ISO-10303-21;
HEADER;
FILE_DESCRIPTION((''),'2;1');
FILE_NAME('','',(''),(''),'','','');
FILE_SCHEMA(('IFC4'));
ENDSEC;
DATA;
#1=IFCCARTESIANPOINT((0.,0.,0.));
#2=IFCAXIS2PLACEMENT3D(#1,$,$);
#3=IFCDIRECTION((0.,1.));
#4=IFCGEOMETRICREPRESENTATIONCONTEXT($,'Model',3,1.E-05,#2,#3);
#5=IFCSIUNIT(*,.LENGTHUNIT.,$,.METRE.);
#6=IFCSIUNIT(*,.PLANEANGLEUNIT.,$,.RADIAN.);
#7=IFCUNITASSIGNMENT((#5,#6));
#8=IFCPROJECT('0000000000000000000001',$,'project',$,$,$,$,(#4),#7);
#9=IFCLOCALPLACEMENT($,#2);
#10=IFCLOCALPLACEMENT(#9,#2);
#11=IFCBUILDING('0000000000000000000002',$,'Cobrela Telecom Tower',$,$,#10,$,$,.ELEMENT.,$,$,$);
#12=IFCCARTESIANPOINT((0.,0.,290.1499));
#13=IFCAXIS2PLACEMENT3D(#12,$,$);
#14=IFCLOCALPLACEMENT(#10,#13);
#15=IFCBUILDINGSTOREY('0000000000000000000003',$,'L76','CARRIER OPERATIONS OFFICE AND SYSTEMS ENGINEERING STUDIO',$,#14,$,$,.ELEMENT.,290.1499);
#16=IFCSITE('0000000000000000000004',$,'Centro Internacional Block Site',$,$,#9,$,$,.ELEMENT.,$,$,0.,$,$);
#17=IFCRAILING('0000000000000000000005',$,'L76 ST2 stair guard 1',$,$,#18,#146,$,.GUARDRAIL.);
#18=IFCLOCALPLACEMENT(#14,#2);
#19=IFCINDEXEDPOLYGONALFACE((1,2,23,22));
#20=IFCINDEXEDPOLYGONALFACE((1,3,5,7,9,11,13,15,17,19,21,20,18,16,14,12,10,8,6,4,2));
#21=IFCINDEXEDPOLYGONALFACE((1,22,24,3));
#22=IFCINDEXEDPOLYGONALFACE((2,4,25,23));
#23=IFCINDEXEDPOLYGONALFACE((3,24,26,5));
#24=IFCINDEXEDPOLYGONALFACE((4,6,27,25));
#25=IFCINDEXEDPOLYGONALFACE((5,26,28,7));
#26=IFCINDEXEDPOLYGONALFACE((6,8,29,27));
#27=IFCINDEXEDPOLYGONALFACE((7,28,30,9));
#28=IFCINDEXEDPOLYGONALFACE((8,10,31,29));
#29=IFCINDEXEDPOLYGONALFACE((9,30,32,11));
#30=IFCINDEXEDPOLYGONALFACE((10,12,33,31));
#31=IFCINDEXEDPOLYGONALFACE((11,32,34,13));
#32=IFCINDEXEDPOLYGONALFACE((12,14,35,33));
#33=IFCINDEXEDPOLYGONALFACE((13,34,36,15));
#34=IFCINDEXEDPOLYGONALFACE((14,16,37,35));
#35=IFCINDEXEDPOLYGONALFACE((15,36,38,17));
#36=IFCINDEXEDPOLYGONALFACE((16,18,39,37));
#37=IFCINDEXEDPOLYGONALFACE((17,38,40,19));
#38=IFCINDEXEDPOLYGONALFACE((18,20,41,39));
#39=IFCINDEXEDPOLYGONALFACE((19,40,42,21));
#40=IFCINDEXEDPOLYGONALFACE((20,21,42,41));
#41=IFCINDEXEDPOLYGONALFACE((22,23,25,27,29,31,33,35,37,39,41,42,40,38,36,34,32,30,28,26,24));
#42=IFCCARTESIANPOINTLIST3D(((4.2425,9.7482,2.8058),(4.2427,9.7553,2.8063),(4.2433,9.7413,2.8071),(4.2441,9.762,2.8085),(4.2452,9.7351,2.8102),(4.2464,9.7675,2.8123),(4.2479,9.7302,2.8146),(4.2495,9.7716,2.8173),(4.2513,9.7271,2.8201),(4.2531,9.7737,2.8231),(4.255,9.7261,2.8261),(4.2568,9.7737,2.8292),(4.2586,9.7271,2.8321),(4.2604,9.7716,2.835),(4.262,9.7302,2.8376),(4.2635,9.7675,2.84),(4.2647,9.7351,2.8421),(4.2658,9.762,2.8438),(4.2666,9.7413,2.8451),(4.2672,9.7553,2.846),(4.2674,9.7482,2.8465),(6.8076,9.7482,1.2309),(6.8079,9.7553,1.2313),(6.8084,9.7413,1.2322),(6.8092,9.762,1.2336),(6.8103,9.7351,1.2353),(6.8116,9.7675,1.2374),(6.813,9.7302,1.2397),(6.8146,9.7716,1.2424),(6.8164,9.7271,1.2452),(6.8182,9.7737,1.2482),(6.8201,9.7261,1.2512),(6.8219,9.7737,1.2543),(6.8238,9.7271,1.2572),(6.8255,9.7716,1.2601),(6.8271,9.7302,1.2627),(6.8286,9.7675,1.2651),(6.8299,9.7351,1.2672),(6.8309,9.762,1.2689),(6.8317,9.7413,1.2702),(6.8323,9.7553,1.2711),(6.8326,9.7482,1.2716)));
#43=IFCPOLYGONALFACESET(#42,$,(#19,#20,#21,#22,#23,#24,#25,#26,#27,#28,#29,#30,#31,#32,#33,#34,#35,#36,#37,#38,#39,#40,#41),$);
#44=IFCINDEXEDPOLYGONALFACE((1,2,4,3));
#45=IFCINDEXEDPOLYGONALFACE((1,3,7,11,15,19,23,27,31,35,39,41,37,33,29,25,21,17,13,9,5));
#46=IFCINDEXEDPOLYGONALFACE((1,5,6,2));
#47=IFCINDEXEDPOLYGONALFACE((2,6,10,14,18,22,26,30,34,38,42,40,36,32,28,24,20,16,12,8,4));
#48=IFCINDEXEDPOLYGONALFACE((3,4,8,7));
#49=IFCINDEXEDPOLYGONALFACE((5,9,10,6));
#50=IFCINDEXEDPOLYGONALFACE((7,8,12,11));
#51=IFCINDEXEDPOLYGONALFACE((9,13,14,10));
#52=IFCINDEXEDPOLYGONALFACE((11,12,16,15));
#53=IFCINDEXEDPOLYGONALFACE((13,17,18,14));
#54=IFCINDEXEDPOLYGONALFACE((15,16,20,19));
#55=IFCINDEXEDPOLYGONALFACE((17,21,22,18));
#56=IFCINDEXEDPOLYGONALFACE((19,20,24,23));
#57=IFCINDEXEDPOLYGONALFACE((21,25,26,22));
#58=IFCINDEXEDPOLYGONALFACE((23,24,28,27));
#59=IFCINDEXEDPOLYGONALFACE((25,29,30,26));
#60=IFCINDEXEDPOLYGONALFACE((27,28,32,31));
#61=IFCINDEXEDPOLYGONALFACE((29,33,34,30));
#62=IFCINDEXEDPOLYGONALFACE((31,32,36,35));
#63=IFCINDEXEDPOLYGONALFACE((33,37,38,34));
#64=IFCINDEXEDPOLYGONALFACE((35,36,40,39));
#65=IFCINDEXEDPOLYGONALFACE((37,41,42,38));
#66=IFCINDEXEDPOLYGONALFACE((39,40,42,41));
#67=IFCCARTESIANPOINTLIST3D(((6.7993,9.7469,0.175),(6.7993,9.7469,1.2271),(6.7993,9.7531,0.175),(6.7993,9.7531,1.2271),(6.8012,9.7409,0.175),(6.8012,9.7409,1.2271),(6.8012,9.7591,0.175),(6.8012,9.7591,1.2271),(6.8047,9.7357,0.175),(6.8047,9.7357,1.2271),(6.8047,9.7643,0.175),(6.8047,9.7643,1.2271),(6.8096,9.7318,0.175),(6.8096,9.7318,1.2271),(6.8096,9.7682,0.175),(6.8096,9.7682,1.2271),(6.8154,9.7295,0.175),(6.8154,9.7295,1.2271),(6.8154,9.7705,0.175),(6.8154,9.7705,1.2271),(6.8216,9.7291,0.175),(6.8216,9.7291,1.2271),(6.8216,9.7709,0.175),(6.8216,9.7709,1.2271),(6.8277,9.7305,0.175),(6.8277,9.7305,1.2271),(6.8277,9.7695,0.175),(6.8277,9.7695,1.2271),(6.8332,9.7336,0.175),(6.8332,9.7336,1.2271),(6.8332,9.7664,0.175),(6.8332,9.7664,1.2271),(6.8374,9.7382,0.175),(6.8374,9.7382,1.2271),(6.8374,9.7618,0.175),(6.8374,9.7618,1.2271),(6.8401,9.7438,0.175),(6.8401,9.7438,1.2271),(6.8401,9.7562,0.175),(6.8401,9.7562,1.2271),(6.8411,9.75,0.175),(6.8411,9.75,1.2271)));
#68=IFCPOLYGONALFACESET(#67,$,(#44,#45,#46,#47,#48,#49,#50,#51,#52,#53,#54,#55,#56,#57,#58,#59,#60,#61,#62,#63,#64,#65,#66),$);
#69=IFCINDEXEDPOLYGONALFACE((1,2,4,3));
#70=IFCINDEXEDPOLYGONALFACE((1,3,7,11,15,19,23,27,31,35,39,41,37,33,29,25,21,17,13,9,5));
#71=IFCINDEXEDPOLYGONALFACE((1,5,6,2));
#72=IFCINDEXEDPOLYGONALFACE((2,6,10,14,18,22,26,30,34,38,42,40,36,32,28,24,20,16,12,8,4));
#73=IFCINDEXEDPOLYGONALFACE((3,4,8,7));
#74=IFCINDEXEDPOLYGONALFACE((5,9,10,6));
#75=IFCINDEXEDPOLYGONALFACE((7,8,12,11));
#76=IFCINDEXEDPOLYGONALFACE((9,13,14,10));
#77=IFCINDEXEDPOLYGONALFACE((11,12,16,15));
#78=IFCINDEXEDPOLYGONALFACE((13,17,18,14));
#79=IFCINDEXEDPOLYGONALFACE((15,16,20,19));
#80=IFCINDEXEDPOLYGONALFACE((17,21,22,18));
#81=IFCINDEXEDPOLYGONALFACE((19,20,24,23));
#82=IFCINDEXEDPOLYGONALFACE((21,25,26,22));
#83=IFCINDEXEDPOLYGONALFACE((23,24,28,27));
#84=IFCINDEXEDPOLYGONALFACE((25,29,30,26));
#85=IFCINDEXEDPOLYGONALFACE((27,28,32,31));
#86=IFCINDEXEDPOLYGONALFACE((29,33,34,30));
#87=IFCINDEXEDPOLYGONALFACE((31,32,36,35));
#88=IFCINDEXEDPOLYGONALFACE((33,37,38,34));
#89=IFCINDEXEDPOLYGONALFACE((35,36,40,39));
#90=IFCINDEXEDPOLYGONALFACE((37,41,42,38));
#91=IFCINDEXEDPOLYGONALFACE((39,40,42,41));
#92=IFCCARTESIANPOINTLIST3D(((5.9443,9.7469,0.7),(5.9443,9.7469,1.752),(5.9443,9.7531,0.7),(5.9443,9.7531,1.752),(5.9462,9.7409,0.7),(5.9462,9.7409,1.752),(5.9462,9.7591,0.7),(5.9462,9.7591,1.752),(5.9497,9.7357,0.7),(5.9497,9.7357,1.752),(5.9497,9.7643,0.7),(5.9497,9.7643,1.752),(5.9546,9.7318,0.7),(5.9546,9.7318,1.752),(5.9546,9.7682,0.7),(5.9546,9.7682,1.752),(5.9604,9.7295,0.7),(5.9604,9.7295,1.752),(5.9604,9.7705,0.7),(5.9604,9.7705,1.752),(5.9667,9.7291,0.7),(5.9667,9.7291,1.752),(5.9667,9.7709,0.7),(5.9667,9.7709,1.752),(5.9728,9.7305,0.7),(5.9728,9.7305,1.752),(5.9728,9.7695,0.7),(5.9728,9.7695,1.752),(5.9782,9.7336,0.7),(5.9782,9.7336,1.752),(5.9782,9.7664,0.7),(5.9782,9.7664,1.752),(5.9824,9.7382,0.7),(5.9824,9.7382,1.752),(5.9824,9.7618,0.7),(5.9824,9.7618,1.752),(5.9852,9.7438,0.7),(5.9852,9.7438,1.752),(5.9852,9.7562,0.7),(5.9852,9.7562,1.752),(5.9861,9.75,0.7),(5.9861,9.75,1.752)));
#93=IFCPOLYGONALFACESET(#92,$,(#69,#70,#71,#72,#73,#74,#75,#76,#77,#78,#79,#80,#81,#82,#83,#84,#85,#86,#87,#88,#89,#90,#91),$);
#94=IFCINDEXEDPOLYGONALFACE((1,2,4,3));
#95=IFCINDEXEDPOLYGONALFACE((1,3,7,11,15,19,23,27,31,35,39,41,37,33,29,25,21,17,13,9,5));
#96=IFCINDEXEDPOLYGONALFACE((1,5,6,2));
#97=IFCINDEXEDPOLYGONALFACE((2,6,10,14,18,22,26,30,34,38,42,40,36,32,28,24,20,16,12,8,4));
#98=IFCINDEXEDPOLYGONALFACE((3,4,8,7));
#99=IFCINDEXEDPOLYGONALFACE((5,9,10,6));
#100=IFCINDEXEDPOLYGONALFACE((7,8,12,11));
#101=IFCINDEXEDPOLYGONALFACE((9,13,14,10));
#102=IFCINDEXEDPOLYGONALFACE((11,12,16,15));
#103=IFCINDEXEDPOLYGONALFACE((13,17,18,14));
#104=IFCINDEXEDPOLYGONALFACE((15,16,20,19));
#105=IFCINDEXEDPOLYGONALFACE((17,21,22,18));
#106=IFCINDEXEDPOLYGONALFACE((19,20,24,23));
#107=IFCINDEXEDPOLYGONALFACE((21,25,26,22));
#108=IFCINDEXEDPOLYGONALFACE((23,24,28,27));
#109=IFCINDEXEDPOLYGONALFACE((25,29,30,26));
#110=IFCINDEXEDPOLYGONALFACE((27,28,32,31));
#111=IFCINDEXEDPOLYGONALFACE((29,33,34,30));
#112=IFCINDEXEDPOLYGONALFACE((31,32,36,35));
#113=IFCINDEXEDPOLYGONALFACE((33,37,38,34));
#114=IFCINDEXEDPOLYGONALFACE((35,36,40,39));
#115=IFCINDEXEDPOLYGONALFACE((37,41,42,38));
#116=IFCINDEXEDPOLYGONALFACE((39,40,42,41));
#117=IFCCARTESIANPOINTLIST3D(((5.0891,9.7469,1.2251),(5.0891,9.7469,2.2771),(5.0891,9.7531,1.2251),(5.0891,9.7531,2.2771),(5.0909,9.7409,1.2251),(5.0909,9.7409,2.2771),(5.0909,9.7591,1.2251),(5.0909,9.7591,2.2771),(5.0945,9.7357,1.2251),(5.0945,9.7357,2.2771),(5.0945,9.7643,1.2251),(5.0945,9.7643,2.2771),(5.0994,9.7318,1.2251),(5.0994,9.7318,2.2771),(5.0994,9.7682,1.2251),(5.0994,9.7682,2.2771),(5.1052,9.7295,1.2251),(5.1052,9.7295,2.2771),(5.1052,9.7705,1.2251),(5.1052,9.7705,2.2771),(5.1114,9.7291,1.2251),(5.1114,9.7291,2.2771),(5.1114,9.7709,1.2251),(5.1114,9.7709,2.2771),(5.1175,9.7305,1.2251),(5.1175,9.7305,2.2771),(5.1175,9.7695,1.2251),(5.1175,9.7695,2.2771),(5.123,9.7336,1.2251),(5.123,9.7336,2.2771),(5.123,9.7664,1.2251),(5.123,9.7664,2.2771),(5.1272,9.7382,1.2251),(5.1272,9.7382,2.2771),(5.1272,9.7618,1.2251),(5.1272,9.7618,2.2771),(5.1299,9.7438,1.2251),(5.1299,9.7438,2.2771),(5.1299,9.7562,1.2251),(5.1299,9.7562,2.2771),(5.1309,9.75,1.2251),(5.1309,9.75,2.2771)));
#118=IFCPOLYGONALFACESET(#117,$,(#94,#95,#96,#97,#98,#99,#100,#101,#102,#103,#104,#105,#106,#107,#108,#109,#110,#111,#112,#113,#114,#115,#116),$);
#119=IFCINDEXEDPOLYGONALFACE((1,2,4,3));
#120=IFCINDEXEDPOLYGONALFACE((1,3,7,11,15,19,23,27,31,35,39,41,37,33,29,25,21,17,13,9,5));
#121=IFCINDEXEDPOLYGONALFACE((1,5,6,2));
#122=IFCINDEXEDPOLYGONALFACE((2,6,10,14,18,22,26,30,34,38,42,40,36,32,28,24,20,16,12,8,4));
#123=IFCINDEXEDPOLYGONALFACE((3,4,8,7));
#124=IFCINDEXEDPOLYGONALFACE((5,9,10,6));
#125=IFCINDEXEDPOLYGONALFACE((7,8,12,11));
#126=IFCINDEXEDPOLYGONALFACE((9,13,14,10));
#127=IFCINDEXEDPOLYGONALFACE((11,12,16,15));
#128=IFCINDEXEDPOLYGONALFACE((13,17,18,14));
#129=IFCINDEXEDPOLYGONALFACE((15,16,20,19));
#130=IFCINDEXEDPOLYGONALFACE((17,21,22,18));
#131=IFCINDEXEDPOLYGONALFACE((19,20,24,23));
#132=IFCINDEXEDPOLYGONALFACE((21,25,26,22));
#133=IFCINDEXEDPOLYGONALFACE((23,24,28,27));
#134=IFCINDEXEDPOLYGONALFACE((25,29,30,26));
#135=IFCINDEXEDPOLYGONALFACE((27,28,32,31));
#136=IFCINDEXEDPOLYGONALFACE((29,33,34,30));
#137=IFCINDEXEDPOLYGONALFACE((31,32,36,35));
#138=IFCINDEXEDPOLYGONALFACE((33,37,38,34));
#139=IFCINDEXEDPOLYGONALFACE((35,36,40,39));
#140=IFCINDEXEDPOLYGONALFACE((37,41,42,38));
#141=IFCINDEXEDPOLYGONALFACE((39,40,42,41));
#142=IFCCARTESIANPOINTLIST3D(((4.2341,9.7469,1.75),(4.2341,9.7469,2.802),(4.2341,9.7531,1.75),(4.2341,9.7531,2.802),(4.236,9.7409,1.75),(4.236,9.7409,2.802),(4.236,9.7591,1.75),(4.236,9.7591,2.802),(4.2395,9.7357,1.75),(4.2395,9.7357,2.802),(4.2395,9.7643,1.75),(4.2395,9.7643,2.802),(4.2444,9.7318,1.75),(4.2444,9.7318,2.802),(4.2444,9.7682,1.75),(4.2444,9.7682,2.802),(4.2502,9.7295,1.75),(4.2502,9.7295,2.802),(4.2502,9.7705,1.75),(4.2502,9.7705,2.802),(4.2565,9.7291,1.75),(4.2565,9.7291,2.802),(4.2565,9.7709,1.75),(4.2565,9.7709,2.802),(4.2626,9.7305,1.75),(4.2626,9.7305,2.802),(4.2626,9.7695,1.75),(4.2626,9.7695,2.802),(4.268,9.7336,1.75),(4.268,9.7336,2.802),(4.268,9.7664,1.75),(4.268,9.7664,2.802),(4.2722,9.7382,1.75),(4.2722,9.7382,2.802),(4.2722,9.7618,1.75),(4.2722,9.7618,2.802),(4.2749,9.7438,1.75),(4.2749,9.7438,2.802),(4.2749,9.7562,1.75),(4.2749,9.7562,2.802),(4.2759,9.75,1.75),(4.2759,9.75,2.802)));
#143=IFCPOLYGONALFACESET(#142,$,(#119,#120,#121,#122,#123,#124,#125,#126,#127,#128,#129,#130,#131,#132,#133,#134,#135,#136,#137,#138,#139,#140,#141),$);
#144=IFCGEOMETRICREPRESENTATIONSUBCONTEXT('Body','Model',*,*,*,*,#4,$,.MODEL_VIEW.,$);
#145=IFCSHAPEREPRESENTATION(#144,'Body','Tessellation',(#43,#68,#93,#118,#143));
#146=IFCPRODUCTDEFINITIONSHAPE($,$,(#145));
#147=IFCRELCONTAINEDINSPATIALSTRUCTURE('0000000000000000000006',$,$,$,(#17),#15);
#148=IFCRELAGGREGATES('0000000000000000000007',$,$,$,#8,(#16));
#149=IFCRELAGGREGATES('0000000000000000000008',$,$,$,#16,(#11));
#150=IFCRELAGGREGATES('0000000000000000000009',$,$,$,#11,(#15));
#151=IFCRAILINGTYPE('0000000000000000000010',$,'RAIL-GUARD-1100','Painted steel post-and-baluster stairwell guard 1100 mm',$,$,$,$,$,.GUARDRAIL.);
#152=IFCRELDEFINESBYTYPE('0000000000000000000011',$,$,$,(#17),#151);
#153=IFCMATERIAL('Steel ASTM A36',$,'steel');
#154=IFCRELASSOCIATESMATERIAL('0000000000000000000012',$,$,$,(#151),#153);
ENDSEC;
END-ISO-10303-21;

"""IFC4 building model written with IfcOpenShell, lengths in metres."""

from ifc_helpers import new_model, si_unit, direction, frame, origin, origin_2d, place, context, subcontext, project, spatial, circle, extrude, material, type_object, element, save


model = new_model("IFC4")

# Units and contexts
model_context = context("Model", 3, precision=1e-05, world=origin(), true_north=direction((0.0, 1.0)))
body_context = subcontext(model_context, "Body", "Model", "MODEL_VIEW")
ifc_project = project(units=[si_unit("LENGTHUNIT", "METRE"), si_unit("PLANEANGLEUNIT", "RADIAN")], contexts=[model_context])

# Site, building, storey
site_placement = place(None, origin())
site = spatial("IfcSite", under=ifc_project, at=site_placement, Name="Centro Internacional Block Site", CompositionType="ELEMENT", RefElevation=0.0)
building_placement = place(site_placement, origin())
building = spatial("IfcBuilding", under=site, at=building_placement, Name="Cobrela Telecom Tower", CompositionType="ELEMENT")
storey_placement = place(building_placement, frame((0.0, 0.0, 290.1499)))
storey = spatial("IfcBuildingStorey", under=building, at=storey_placement, Name="L76", Description="CARRIER OPERATIONS OFFICE AND SYSTEMS ENGINEERING STUDIO", CompositionType="ELEMENT", Elevation=290.1499)

# Railing
ifc_material_1 = material(Name="Steel ASTM A36", Category="steel")
railing_type_1 = type_object("IfcRailingType", Name="RAIL-GUARD-1100", Description="Painted steel post-and-baluster stairwell guard 1100 mm", PredefinedType="GUARDRAIL", material=ifc_material_1)
railing_1_placement = place(storey_placement, frame((6.8201, 9.75, 0.175)))
element("IfcRailing", 1, at=railing_1_placement, inside=storey, type_object=railing_type_1, Name="L76 ST2 stair guard 1", PredefinedType="GUARDRAIL", context=body_context, shape_type="SweptSolid", body=[
    extrude(circle(Radius=0.0239, at=origin_2d()), frame((0.0, 0.0, 1.0762), z_axis=(-0.852195, 0.0, 0.523224), x_axis=(0.0, -1.0, 0.0)), (0.0, 0.0, 1.0), 3.01),
    extrude(circle(Radius=0.021, at=origin_2d()), origin(), (0.0, 0.0, 1.0), 1.052),
    extrude(circle(Radius=0.021, at=origin_2d()), frame((-0.855, 0.0, 0.5249)), (0.0, 0.0, 1.0), 1.052),
    extrude(circle(Radius=0.021, at=origin_2d()), frame((-1.7102, 0.0, 1.05)), (0.0, 0.0, 1.0), 1.052),
    extrude(circle(Radius=0.021, at=origin_2d()), frame((-2.5652, 0.0, 1.575)), (0.0, 0.0, 1.0), 1.052),
])

save(model, "model.ifc")
